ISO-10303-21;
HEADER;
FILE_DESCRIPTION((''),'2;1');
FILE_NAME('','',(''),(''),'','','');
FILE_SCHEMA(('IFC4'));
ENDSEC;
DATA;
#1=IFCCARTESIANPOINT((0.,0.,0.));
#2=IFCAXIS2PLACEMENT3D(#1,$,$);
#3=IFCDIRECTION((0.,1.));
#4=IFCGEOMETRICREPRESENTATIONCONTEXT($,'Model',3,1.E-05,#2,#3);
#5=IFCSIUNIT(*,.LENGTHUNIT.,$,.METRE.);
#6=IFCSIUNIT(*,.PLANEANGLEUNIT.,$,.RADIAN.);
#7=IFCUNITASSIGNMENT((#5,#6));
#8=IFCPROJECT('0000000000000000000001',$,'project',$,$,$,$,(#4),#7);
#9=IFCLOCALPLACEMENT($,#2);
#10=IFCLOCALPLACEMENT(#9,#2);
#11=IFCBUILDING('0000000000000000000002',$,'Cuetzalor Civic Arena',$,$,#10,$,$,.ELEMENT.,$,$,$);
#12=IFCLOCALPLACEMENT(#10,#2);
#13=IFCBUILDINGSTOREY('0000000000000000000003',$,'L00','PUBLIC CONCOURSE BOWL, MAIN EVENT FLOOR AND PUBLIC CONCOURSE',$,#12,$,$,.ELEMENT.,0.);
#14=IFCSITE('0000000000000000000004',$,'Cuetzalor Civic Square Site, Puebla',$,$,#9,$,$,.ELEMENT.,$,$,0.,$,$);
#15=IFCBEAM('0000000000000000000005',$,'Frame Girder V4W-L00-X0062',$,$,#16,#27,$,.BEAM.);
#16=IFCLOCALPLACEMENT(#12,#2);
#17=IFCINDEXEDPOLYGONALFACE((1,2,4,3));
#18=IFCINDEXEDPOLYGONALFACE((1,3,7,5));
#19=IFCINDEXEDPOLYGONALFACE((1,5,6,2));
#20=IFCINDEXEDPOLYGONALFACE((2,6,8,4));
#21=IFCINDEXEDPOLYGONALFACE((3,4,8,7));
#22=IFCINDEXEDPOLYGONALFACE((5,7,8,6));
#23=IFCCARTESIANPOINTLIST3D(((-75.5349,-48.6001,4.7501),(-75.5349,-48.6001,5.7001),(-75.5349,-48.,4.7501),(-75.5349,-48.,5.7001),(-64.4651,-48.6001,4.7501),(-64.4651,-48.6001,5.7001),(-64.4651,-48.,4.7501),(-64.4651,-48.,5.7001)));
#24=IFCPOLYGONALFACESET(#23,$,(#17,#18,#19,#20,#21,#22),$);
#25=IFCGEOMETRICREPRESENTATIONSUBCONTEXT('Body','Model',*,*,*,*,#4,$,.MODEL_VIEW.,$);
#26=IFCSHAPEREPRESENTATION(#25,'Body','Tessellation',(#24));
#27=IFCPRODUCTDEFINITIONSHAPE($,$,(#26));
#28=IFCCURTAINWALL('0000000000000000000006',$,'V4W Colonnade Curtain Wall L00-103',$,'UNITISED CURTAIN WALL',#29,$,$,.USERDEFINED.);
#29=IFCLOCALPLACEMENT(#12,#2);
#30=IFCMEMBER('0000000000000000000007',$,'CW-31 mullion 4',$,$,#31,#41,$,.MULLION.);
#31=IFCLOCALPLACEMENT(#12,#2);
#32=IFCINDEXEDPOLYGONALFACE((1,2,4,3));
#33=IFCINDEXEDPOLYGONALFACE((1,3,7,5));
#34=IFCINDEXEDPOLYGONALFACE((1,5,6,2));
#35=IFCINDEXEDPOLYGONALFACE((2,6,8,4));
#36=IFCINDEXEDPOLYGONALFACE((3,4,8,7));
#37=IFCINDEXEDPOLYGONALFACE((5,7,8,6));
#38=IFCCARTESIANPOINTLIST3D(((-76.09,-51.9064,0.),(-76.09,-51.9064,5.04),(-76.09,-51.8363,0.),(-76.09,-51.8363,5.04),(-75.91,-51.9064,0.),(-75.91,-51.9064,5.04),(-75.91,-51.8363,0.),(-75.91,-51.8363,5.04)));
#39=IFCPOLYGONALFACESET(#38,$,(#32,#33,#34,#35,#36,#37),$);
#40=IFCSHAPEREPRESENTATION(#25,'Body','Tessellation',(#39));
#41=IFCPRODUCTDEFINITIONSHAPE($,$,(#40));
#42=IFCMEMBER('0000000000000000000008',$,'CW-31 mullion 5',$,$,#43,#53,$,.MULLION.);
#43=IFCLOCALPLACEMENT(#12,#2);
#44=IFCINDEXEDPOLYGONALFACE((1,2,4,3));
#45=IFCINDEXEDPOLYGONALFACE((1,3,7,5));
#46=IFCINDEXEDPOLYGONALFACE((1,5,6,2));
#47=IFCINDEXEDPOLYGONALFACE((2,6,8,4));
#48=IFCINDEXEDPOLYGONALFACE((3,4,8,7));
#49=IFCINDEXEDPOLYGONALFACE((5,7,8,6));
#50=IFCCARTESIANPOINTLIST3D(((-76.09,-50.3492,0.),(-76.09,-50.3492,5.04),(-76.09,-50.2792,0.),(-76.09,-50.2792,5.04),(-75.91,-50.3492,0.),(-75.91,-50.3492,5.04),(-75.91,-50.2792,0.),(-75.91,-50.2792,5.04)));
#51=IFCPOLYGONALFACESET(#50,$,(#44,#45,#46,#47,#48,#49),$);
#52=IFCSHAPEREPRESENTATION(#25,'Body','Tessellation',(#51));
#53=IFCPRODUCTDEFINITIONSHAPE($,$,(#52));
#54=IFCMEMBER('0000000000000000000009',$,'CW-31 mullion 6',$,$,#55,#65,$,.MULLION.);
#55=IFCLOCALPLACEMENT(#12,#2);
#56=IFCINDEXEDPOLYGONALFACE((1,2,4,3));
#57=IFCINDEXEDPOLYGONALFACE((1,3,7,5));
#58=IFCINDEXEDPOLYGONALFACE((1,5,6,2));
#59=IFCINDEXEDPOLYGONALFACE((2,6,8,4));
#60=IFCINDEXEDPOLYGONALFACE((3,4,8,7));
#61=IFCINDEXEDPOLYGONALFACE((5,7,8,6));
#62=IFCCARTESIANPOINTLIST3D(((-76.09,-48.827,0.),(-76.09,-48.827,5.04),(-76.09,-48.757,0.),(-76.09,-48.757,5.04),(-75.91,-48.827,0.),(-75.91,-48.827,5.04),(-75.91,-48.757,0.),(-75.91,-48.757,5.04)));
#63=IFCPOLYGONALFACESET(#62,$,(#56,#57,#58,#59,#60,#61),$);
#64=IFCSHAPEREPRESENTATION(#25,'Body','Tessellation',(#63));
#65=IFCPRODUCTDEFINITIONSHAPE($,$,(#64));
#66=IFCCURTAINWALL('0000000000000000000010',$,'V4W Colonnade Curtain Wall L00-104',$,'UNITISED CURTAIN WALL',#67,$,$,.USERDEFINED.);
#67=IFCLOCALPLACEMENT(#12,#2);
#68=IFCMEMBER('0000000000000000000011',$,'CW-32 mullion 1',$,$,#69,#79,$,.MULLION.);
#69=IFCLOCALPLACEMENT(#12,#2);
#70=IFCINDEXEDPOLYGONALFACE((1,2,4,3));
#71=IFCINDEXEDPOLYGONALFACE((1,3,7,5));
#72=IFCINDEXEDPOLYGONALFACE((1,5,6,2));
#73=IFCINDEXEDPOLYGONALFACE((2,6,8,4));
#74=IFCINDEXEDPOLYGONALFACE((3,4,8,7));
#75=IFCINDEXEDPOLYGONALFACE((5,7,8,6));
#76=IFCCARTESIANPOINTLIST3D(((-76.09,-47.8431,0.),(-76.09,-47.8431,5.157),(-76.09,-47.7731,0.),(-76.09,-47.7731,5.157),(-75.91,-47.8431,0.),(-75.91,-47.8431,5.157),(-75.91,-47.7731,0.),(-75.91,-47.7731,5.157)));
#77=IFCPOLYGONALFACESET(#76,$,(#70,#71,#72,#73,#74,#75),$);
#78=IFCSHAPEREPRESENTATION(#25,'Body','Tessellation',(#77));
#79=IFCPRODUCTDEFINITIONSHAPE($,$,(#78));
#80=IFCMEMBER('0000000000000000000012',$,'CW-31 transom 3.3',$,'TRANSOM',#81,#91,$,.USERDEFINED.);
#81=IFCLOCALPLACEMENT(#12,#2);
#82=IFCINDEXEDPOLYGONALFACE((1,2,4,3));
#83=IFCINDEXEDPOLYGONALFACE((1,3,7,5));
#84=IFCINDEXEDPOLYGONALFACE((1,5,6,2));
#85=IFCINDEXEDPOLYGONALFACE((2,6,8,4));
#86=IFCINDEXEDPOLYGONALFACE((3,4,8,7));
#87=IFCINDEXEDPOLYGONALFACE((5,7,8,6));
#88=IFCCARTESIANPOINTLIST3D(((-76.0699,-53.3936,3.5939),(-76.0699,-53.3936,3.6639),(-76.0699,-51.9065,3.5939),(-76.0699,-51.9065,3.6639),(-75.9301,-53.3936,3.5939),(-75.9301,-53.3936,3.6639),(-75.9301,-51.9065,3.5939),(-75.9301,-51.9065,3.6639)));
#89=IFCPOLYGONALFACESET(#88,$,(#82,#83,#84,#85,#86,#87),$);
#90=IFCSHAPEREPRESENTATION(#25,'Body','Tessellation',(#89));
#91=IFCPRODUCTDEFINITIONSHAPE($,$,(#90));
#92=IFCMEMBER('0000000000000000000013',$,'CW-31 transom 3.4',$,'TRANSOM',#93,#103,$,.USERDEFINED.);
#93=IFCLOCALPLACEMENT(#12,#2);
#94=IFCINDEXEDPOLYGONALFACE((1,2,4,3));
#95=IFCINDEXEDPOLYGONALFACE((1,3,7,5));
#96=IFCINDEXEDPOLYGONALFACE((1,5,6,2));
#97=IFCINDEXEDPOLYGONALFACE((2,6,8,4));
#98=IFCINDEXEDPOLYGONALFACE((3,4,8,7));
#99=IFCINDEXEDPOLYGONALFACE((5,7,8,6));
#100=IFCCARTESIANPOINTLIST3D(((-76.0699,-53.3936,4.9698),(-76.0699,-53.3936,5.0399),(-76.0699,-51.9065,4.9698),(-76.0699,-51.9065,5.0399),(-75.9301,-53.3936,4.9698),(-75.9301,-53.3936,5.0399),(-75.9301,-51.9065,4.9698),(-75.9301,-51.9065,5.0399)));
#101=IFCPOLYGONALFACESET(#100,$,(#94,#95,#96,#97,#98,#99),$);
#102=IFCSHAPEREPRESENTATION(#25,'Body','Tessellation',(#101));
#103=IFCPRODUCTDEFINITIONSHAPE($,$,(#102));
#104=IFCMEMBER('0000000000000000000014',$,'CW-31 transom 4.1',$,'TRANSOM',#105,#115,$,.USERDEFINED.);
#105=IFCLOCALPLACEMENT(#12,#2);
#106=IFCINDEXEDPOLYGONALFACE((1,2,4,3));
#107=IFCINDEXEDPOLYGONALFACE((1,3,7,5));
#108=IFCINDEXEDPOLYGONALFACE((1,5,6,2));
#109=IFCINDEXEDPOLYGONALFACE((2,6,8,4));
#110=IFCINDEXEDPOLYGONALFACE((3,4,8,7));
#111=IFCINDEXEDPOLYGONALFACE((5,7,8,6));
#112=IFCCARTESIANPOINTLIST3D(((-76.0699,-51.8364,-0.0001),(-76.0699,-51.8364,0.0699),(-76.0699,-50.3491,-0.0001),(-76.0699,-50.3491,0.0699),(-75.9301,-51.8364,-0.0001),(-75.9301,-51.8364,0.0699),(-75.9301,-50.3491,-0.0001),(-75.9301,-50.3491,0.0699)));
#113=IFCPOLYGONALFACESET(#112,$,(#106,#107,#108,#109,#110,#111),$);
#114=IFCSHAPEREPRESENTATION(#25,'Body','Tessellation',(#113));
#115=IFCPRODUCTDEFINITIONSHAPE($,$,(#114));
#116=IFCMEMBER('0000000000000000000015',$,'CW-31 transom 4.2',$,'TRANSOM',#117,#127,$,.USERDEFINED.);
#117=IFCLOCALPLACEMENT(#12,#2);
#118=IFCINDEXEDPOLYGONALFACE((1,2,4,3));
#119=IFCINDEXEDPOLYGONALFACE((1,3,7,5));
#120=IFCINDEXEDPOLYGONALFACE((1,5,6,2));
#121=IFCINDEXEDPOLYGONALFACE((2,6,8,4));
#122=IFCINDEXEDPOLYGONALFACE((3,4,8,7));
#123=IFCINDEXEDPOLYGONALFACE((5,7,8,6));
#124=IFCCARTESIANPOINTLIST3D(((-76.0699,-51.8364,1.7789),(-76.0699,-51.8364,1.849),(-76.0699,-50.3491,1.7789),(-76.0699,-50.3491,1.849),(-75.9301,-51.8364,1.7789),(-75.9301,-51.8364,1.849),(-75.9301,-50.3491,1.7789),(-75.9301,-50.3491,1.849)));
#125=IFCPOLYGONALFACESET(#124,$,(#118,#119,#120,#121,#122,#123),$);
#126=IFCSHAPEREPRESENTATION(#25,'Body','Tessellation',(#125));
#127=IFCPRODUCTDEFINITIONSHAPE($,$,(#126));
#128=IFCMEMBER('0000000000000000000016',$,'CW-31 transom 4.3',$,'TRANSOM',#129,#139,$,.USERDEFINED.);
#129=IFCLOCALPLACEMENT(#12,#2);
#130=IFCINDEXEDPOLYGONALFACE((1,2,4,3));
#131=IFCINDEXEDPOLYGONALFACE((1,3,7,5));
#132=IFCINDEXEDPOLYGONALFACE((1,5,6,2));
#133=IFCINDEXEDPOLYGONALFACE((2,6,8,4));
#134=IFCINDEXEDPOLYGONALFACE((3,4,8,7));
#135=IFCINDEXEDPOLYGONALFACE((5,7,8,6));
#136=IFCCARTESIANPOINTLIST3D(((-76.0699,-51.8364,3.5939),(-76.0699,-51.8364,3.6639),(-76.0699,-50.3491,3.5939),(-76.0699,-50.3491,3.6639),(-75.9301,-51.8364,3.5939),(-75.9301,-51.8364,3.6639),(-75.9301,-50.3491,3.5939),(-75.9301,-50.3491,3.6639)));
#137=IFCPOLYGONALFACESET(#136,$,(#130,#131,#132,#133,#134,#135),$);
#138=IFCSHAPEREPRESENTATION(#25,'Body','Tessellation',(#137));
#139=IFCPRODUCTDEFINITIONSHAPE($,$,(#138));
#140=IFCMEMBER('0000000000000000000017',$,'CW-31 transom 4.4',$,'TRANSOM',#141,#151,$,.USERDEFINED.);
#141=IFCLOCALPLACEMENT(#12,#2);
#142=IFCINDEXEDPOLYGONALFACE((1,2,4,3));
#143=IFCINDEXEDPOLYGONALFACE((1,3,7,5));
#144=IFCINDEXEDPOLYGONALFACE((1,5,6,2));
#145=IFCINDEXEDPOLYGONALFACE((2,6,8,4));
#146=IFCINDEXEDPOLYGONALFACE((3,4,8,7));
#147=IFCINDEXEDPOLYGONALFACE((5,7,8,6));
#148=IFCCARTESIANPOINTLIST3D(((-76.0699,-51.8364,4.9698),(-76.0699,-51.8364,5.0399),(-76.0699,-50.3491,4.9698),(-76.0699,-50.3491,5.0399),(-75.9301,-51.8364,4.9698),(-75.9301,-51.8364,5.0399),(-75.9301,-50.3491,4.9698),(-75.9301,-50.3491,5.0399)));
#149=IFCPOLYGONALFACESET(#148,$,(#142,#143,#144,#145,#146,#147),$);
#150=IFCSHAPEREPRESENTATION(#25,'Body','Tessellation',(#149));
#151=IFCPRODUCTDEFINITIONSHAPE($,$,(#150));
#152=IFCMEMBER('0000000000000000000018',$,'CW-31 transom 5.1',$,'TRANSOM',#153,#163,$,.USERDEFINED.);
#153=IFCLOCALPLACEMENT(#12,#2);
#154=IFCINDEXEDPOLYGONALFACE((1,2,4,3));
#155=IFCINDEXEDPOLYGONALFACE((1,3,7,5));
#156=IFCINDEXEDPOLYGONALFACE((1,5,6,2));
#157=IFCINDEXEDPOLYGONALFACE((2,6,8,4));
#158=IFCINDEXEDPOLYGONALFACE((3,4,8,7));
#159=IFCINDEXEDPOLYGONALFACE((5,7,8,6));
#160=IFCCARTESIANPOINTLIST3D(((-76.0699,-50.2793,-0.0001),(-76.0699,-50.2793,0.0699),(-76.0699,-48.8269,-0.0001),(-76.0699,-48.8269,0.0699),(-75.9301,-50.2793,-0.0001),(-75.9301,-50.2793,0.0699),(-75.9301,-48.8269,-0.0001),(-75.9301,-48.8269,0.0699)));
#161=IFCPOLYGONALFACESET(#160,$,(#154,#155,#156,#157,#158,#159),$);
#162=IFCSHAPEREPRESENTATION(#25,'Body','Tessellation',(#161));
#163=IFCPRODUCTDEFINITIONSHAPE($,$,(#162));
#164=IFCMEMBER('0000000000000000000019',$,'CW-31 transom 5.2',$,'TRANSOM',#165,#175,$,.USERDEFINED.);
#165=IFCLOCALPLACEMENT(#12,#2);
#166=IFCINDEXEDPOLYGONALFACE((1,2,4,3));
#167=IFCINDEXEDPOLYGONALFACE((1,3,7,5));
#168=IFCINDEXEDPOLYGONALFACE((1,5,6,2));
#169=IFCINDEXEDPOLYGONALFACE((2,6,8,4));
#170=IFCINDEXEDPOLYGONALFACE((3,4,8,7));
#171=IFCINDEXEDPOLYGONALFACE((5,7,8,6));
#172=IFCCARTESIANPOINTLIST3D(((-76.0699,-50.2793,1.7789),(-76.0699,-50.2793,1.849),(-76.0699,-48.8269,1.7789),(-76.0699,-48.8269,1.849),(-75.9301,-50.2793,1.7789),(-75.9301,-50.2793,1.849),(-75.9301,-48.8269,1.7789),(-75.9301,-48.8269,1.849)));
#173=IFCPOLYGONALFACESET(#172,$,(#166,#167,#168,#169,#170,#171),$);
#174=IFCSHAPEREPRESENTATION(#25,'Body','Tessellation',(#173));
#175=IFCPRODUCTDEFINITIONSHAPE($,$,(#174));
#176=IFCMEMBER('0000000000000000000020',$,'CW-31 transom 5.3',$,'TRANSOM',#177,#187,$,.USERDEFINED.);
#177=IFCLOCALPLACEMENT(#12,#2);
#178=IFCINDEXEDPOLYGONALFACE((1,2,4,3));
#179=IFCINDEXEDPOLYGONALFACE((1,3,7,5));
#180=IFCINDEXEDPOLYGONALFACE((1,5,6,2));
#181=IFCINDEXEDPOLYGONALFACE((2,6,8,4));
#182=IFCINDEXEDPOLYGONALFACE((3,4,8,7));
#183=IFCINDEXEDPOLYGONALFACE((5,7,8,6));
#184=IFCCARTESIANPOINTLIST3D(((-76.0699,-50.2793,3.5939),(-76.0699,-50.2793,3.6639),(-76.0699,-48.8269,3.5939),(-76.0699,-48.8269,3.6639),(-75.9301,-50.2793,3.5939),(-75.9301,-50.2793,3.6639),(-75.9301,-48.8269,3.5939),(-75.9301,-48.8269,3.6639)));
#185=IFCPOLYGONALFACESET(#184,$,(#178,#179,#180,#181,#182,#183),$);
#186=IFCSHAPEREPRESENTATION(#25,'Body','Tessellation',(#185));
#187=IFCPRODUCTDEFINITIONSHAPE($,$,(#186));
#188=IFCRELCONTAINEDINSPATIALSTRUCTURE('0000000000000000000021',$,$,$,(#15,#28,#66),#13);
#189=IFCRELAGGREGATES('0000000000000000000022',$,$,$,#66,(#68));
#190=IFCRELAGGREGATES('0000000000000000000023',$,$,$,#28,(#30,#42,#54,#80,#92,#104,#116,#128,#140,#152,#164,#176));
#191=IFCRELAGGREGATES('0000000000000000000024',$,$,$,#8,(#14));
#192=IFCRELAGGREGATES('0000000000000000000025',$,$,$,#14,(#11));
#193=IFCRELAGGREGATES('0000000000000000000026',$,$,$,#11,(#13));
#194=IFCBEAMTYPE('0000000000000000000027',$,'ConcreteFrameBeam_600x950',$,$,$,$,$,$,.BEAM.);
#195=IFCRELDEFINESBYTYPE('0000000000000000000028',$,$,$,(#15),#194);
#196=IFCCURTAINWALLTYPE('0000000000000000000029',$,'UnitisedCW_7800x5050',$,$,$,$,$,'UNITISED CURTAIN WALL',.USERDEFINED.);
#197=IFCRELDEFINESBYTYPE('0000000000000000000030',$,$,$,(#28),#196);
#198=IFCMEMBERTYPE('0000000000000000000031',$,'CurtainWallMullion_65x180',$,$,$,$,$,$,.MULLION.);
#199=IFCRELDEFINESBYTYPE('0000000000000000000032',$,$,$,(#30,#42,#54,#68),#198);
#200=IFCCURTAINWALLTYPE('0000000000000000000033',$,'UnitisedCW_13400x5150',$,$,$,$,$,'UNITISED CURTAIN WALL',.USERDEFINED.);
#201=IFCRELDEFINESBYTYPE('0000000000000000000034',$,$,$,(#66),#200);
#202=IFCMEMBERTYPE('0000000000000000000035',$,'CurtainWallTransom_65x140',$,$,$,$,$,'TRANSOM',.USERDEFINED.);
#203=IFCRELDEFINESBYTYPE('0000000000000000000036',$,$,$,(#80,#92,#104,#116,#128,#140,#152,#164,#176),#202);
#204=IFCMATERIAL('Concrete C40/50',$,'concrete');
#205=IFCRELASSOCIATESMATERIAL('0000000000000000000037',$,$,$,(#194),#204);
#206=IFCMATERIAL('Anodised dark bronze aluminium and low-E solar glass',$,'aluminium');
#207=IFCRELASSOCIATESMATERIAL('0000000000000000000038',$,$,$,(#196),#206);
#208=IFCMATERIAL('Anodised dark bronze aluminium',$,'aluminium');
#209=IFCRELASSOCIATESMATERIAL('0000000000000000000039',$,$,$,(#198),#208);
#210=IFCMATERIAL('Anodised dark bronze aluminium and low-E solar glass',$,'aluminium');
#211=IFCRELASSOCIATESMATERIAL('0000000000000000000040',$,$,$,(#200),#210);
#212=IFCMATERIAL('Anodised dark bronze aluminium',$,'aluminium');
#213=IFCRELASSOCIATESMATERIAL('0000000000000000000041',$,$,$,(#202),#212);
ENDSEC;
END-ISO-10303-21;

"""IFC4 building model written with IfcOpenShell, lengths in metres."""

from ifc_helpers import new_model, si_unit, direction, frame, origin, origin_2d, place, context, subcontext, project, spatial, rectangle, extrude, material, material_profile, profile_set, type_object, element, aggregate, save


model = new_model("IFC4")

# Units and contexts
model_context = context("Model", 3, precision=1e-05, world=origin(), true_north=direction((0.0, 1.0)))
body_context = subcontext(model_context, "Body", "Model", "MODEL_VIEW")
ifc_project = project(units=[si_unit("LENGTHUNIT", "METRE"), si_unit("PLANEANGLEUNIT", "RADIAN")], contexts=[model_context])

# Site, building, storey
site_placement = place(None, origin())
site = spatial("IfcSite", under=ifc_project, at=site_placement, Name="Cuetzalor Civic Square Site, Puebla", CompositionType="ELEMENT", RefElevation=0.0)
building_placement = place(site_placement, origin())
building = spatial("IfcBuilding", under=site, at=building_placement, Name="Cuetzalor Civic Arena", CompositionType="ELEMENT")
storey_placement = place(building_placement, origin())
storey = spatial("IfcBuildingStorey", under=building, at=storey_placement, Name="L00", Description="PUBLIC CONCOURSE BOWL, MAIN EVENT FLOOR AND PUBLIC CONCOURSE", CompositionType="ELEMENT", Elevation=0.0)

# Beam
ifc_material_1 = material(Name="Concrete C40/50", Category="concrete")
ifc_material_profile_1 = material_profile(ifc_material_1, rectangle(XDim=0.6001, YDim=0.95, at=origin_2d()), Name="RC 600x950")
ifc_profile_set_1 = profile_set([ifc_material_profile_1], Name="Concrete C40/50")
beam_type_1 = type_object("IfcBeamType", Name="ConcreteFrameBeam_600x950", PredefinedType="BEAM", material=ifc_profile_set_1)
beam_1_placement = place(storey_placement, frame((-75.5349, -48.3, 5.2251), z_axis=(1.0, 0.0, 0.0), x_axis=(0.0, 1.0, 0.0)))
element("IfcBeam", 1, at=beam_1_placement, inside=storey, type_object=beam_type_1, Name="Frame Girder V4W-L00-X0062", PredefinedType="BEAM", context=body_context, shape_type="SweptSolid", body=[
    extrude(rectangle(XDim=0.6001, YDim=0.95, at=origin_2d()), origin(), (0.0, 0.0, 1.0), 11.0698),
])

# Curtain wall, members
ifc_material_2 = material(Name="Anodised dark bronze aluminium and low-E solar glass", Category="aluminium")
curtain_wall_type_1 = type_object("IfcCurtainWallType", Name="UnitisedCW_7800x5050", ElementType="UNITISED CURTAIN WALL", PredefinedType="USERDEFINED", material=ifc_material_2)
curtain_wall_1_placement = place(storey_placement, origin())
curtain_wall_1 = element("IfcCurtainWall", 2, at=curtain_wall_1_placement, inside=storey, type_object=curtain_wall_type_1, Name="V4W Colonnade Curtain Wall L00-103", ObjectType="UNITISED CURTAIN WALL", PredefinedType="USERDEFINED")
ifc_material_3 = material(Name="Anodised dark bronze aluminium", Category="aluminium")
ifc_material_profile_2 = material_profile(ifc_material_3, rectangle(XDim=0.0701, YDim=0.1799, at=origin_2d()), Name="ALU MULLION 70x180")
ifc_profile_set_2 = profile_set([ifc_material_profile_2], Name="Anodised dark bronze aluminium")
member_type_1 = type_object("IfcMemberType", Name="CurtainWallMullion_65x180", PredefinedType="MULLION", material=ifc_profile_set_2)
member_1_placement = place(storey_placement, frame((-76.0, -51.8713, 0.0), z_axis=(0.0, 0.0, 1.0), x_axis=(0.0, 1.0, 0.0)))
member_1 = element("IfcMember", 3, at=member_1_placement, type_object=member_type_1, Name="CW-31 mullion 4", PredefinedType="MULLION", context=body_context, shape_type="SweptSolid", body=[
    extrude(rectangle(XDim=0.0701, YDim=0.1799, at=origin_2d()), origin(), (0.0, 0.0, 1.0), 5.04),
])
member_2_placement = place(storey_placement, frame((-76.0, -50.3142, 0.0), z_axis=(0.0, 0.0, 1.0), x_axis=(0.0, 1.0, 0.0)))
member_2 = element("IfcMember", 4, at=member_2_placement, type_object=member_type_1, Name="CW-31 mullion 5", PredefinedType="MULLION", context=body_context, shape_type="SweptSolid", body=[
    extrude(rectangle(XDim=0.0701, YDim=0.1799, at=origin_2d()), origin(), (0.0, 0.0, 1.0), 5.04),
])
member_3_placement = place(storey_placement, frame((-76.0, -48.792, 0.0), z_axis=(0.0, 0.0, 1.0), x_axis=(0.0, 1.0, 0.0)))
member_3 = element("IfcMember", 5, at=member_3_placement, type_object=member_type_1, Name="CW-31 mullion 6", PredefinedType="MULLION", context=body_context, shape_type="SweptSolid", body=[
    extrude(rectangle(XDim=0.0701, YDim=0.1799, at=origin_2d()), origin(), (0.0, 0.0, 1.0), 5.04),
])

# Curtain wall, member
ifc_material_4 = material(Name="Anodised dark bronze aluminium and low-E solar glass", Category="aluminium")
curtain_wall_type_2 = type_object("IfcCurtainWallType", Name="UnitisedCW_13400x5150", ElementType="UNITISED CURTAIN WALL", PredefinedType="USERDEFINED", material=ifc_material_4)
curtain_wall_2_placement = place(storey_placement, origin())
curtain_wall_2 = element("IfcCurtainWall", 6, at=curtain_wall_2_placement, inside=storey, type_object=curtain_wall_type_2, Name="V4W Colonnade Curtain Wall L00-104", ObjectType="UNITISED CURTAIN WALL", PredefinedType="USERDEFINED")
member_4_placement = place(storey_placement, frame((-76.0, -47.8081, 0.0), z_axis=(0.0, 0.0, 1.0), x_axis=(0.0, 1.0, 0.0)))
member_4 = element("IfcMember", 7, at=member_4_placement, type_object=member_type_1, Name="CW-32 mullion 1", PredefinedType="MULLION", context=body_context, shape_type="SweptSolid", body=[
    extrude(rectangle(XDim=0.0701, YDim=0.1799, at=origin_2d()), origin(), (0.0, 0.0, 1.0), 5.157),
])
aggregate(curtain_wall_2, [member_4])

# Members
ifc_material_5 = material(Name="Anodised dark bronze aluminium", Category="aluminium")
ifc_material_profile_3 = material_profile(ifc_material_5, rectangle(XDim=0.1399, YDim=0.0701, at=origin_2d()), Name="ALU TRANSOM 70x140")
ifc_profile_set_3 = profile_set([ifc_material_profile_3], Name="Anodised dark bronze aluminium")
member_type_2 = type_object("IfcMemberType", Name="CurtainWallTransom_65x140", ElementType="TRANSOM", PredefinedType="USERDEFINED", material=ifc_profile_set_3)
member_5_placement = place(storey_placement, frame((-76.0, -53.3936, 3.6289), z_axis=(0.0, 1.0, 0.0), x_axis=(-1.0, 0.0, 0.0)))
member_5 = element("IfcMember", 8, at=member_5_placement, type_object=member_type_2, Name="CW-31 transom 3.3", ObjectType="TRANSOM", PredefinedType="USERDEFINED", context=body_context, shape_type="SweptSolid", body=[
    extrude(rectangle(XDim=0.1399, YDim=0.0701, at=origin_2d()), origin(), (0.0, 0.0, 1.0), 1.4871),
])
member_6_placement = place(storey_placement, frame((-76.0, -53.3936, 5.0049), z_axis=(0.0, 1.0, 0.0), x_axis=(-1.0, 0.0, 0.0)))
member_6 = element("IfcMember", 9, at=member_6_placement, type_object=member_type_2, Name="CW-31 transom 3.4", ObjectType="TRANSOM", PredefinedType="USERDEFINED", context=body_context, shape_type="SweptSolid", body=[
    extrude(rectangle(XDim=0.1399, YDim=0.0701, at=origin_2d()), origin(), (0.0, 0.0, 1.0), 1.4871),
])
member_7_placement = place(storey_placement, frame((-76.0, -51.8364, 0.0349), z_axis=(0.0, 1.0, 0.0), x_axis=(-1.0, 0.0, 0.0)))
member_7 = element("IfcMember", 10, at=member_7_placement, type_object=member_type_2, Name="CW-31 transom 4.1", ObjectType="TRANSOM", PredefinedType="USERDEFINED", context=body_context, shape_type="SweptSolid", body=[
    extrude(rectangle(XDim=0.1399, YDim=0.0701, at=origin_2d()), origin(), (0.0, 0.0, 1.0), 1.4873),
])
member_8_placement = place(storey_placement, frame((-76.0, -51.8364, 1.814), z_axis=(0.0, 1.0, 0.0), x_axis=(-1.0, 0.0, 0.0)))
member_8 = element("IfcMember", 11, at=member_8_placement, type_object=member_type_2, Name="CW-31 transom 4.2", ObjectType="TRANSOM", PredefinedType="USERDEFINED", context=body_context, shape_type="SweptSolid", body=[
    extrude(rectangle(XDim=0.1399, YDim=0.0701, at=origin_2d()), origin(), (0.0, 0.0, 1.0), 1.4873),
])
member_9_placement = place(storey_placement, frame((-76.0, -51.8364, 3.6289), z_axis=(0.0, 1.0, 0.0), x_axis=(-1.0, 0.0, 0.0)))
member_9 = element("IfcMember", 12, at=member_9_placement, type_object=member_type_2, Name="CW-31 transom 4.3", ObjectType="TRANSOM", PredefinedType="USERDEFINED", context=body_context, shape_type="SweptSolid", body=[
    extrude(rectangle(XDim=0.1399, YDim=0.0701, at=origin_2d()), origin(), (0.0, 0.0, 1.0), 1.4873),
])
member_10_placement = place(storey_placement, frame((-76.0, -51.8364, 5.0049), z_axis=(0.0, 1.0, 0.0), x_axis=(-1.0, 0.0, 0.0)))
member_10 = element("IfcMember", 13, at=member_10_placement, type_object=member_type_2, Name="CW-31 transom 4.4", ObjectType="TRANSOM", PredefinedType="USERDEFINED", context=body_context, shape_type="SweptSolid", body=[
    extrude(rectangle(XDim=0.1399, YDim=0.0701, at=origin_2d()), origin(), (0.0, 0.0, 1.0), 1.4873),
])
member_11_placement = place(storey_placement, frame((-76.0, -50.2793, 0.0349), z_axis=(0.0, 1.0, 0.0), x_axis=(-1.0, 0.0, 0.0)))
member_11 = element("IfcMember", 14, at=member_11_placement, type_object=member_type_2, Name="CW-31 transom 5.1", ObjectType="TRANSOM", PredefinedType="USERDEFINED", context=body_context, shape_type="SweptSolid", body=[
    extrude(rectangle(XDim=0.1399, YDim=0.0701, at=origin_2d()), origin(), (0.0, 0.0, 1.0), 1.4524),
])
member_12_placement = place(storey_placement, frame((-76.0, -50.2793, 1.814), z_axis=(0.0, 1.0, 0.0), x_axis=(-1.0, 0.0, 0.0)))
member_12 = element("IfcMember", 15, at=member_12_placement, type_object=member_type_2, Name="CW-31 transom 5.2", ObjectType="TRANSOM", PredefinedType="USERDEFINED", context=body_context, shape_type="SweptSolid", body=[
    extrude(rectangle(XDim=0.1399, YDim=0.0701, at=origin_2d()), origin(), (0.0, 0.0, 1.0), 1.4524),
])
member_13_placement = place(storey_placement, frame((-76.0, -50.2793, 3.6289), z_axis=(0.0, 1.0, 0.0), x_axis=(-1.0, 0.0, 0.0)))
member_13 = element("IfcMember", 16, at=member_13_placement, type_object=member_type_2, Name="CW-31 transom 5.3", ObjectType="TRANSOM", PredefinedType="USERDEFINED", context=body_context, shape_type="SweptSolid", body=[
    extrude(rectangle(XDim=0.1399, YDim=0.0701, at=origin_2d()), origin(), (0.0, 0.0, 1.0), 1.4524),
])

aggregate(curtain_wall_1, [member_1, member_2, member_3, member_5, member_6, member_7, member_8, member_9, member_10, member_11, member_12, member_13])

save(model, "model.ifc")
